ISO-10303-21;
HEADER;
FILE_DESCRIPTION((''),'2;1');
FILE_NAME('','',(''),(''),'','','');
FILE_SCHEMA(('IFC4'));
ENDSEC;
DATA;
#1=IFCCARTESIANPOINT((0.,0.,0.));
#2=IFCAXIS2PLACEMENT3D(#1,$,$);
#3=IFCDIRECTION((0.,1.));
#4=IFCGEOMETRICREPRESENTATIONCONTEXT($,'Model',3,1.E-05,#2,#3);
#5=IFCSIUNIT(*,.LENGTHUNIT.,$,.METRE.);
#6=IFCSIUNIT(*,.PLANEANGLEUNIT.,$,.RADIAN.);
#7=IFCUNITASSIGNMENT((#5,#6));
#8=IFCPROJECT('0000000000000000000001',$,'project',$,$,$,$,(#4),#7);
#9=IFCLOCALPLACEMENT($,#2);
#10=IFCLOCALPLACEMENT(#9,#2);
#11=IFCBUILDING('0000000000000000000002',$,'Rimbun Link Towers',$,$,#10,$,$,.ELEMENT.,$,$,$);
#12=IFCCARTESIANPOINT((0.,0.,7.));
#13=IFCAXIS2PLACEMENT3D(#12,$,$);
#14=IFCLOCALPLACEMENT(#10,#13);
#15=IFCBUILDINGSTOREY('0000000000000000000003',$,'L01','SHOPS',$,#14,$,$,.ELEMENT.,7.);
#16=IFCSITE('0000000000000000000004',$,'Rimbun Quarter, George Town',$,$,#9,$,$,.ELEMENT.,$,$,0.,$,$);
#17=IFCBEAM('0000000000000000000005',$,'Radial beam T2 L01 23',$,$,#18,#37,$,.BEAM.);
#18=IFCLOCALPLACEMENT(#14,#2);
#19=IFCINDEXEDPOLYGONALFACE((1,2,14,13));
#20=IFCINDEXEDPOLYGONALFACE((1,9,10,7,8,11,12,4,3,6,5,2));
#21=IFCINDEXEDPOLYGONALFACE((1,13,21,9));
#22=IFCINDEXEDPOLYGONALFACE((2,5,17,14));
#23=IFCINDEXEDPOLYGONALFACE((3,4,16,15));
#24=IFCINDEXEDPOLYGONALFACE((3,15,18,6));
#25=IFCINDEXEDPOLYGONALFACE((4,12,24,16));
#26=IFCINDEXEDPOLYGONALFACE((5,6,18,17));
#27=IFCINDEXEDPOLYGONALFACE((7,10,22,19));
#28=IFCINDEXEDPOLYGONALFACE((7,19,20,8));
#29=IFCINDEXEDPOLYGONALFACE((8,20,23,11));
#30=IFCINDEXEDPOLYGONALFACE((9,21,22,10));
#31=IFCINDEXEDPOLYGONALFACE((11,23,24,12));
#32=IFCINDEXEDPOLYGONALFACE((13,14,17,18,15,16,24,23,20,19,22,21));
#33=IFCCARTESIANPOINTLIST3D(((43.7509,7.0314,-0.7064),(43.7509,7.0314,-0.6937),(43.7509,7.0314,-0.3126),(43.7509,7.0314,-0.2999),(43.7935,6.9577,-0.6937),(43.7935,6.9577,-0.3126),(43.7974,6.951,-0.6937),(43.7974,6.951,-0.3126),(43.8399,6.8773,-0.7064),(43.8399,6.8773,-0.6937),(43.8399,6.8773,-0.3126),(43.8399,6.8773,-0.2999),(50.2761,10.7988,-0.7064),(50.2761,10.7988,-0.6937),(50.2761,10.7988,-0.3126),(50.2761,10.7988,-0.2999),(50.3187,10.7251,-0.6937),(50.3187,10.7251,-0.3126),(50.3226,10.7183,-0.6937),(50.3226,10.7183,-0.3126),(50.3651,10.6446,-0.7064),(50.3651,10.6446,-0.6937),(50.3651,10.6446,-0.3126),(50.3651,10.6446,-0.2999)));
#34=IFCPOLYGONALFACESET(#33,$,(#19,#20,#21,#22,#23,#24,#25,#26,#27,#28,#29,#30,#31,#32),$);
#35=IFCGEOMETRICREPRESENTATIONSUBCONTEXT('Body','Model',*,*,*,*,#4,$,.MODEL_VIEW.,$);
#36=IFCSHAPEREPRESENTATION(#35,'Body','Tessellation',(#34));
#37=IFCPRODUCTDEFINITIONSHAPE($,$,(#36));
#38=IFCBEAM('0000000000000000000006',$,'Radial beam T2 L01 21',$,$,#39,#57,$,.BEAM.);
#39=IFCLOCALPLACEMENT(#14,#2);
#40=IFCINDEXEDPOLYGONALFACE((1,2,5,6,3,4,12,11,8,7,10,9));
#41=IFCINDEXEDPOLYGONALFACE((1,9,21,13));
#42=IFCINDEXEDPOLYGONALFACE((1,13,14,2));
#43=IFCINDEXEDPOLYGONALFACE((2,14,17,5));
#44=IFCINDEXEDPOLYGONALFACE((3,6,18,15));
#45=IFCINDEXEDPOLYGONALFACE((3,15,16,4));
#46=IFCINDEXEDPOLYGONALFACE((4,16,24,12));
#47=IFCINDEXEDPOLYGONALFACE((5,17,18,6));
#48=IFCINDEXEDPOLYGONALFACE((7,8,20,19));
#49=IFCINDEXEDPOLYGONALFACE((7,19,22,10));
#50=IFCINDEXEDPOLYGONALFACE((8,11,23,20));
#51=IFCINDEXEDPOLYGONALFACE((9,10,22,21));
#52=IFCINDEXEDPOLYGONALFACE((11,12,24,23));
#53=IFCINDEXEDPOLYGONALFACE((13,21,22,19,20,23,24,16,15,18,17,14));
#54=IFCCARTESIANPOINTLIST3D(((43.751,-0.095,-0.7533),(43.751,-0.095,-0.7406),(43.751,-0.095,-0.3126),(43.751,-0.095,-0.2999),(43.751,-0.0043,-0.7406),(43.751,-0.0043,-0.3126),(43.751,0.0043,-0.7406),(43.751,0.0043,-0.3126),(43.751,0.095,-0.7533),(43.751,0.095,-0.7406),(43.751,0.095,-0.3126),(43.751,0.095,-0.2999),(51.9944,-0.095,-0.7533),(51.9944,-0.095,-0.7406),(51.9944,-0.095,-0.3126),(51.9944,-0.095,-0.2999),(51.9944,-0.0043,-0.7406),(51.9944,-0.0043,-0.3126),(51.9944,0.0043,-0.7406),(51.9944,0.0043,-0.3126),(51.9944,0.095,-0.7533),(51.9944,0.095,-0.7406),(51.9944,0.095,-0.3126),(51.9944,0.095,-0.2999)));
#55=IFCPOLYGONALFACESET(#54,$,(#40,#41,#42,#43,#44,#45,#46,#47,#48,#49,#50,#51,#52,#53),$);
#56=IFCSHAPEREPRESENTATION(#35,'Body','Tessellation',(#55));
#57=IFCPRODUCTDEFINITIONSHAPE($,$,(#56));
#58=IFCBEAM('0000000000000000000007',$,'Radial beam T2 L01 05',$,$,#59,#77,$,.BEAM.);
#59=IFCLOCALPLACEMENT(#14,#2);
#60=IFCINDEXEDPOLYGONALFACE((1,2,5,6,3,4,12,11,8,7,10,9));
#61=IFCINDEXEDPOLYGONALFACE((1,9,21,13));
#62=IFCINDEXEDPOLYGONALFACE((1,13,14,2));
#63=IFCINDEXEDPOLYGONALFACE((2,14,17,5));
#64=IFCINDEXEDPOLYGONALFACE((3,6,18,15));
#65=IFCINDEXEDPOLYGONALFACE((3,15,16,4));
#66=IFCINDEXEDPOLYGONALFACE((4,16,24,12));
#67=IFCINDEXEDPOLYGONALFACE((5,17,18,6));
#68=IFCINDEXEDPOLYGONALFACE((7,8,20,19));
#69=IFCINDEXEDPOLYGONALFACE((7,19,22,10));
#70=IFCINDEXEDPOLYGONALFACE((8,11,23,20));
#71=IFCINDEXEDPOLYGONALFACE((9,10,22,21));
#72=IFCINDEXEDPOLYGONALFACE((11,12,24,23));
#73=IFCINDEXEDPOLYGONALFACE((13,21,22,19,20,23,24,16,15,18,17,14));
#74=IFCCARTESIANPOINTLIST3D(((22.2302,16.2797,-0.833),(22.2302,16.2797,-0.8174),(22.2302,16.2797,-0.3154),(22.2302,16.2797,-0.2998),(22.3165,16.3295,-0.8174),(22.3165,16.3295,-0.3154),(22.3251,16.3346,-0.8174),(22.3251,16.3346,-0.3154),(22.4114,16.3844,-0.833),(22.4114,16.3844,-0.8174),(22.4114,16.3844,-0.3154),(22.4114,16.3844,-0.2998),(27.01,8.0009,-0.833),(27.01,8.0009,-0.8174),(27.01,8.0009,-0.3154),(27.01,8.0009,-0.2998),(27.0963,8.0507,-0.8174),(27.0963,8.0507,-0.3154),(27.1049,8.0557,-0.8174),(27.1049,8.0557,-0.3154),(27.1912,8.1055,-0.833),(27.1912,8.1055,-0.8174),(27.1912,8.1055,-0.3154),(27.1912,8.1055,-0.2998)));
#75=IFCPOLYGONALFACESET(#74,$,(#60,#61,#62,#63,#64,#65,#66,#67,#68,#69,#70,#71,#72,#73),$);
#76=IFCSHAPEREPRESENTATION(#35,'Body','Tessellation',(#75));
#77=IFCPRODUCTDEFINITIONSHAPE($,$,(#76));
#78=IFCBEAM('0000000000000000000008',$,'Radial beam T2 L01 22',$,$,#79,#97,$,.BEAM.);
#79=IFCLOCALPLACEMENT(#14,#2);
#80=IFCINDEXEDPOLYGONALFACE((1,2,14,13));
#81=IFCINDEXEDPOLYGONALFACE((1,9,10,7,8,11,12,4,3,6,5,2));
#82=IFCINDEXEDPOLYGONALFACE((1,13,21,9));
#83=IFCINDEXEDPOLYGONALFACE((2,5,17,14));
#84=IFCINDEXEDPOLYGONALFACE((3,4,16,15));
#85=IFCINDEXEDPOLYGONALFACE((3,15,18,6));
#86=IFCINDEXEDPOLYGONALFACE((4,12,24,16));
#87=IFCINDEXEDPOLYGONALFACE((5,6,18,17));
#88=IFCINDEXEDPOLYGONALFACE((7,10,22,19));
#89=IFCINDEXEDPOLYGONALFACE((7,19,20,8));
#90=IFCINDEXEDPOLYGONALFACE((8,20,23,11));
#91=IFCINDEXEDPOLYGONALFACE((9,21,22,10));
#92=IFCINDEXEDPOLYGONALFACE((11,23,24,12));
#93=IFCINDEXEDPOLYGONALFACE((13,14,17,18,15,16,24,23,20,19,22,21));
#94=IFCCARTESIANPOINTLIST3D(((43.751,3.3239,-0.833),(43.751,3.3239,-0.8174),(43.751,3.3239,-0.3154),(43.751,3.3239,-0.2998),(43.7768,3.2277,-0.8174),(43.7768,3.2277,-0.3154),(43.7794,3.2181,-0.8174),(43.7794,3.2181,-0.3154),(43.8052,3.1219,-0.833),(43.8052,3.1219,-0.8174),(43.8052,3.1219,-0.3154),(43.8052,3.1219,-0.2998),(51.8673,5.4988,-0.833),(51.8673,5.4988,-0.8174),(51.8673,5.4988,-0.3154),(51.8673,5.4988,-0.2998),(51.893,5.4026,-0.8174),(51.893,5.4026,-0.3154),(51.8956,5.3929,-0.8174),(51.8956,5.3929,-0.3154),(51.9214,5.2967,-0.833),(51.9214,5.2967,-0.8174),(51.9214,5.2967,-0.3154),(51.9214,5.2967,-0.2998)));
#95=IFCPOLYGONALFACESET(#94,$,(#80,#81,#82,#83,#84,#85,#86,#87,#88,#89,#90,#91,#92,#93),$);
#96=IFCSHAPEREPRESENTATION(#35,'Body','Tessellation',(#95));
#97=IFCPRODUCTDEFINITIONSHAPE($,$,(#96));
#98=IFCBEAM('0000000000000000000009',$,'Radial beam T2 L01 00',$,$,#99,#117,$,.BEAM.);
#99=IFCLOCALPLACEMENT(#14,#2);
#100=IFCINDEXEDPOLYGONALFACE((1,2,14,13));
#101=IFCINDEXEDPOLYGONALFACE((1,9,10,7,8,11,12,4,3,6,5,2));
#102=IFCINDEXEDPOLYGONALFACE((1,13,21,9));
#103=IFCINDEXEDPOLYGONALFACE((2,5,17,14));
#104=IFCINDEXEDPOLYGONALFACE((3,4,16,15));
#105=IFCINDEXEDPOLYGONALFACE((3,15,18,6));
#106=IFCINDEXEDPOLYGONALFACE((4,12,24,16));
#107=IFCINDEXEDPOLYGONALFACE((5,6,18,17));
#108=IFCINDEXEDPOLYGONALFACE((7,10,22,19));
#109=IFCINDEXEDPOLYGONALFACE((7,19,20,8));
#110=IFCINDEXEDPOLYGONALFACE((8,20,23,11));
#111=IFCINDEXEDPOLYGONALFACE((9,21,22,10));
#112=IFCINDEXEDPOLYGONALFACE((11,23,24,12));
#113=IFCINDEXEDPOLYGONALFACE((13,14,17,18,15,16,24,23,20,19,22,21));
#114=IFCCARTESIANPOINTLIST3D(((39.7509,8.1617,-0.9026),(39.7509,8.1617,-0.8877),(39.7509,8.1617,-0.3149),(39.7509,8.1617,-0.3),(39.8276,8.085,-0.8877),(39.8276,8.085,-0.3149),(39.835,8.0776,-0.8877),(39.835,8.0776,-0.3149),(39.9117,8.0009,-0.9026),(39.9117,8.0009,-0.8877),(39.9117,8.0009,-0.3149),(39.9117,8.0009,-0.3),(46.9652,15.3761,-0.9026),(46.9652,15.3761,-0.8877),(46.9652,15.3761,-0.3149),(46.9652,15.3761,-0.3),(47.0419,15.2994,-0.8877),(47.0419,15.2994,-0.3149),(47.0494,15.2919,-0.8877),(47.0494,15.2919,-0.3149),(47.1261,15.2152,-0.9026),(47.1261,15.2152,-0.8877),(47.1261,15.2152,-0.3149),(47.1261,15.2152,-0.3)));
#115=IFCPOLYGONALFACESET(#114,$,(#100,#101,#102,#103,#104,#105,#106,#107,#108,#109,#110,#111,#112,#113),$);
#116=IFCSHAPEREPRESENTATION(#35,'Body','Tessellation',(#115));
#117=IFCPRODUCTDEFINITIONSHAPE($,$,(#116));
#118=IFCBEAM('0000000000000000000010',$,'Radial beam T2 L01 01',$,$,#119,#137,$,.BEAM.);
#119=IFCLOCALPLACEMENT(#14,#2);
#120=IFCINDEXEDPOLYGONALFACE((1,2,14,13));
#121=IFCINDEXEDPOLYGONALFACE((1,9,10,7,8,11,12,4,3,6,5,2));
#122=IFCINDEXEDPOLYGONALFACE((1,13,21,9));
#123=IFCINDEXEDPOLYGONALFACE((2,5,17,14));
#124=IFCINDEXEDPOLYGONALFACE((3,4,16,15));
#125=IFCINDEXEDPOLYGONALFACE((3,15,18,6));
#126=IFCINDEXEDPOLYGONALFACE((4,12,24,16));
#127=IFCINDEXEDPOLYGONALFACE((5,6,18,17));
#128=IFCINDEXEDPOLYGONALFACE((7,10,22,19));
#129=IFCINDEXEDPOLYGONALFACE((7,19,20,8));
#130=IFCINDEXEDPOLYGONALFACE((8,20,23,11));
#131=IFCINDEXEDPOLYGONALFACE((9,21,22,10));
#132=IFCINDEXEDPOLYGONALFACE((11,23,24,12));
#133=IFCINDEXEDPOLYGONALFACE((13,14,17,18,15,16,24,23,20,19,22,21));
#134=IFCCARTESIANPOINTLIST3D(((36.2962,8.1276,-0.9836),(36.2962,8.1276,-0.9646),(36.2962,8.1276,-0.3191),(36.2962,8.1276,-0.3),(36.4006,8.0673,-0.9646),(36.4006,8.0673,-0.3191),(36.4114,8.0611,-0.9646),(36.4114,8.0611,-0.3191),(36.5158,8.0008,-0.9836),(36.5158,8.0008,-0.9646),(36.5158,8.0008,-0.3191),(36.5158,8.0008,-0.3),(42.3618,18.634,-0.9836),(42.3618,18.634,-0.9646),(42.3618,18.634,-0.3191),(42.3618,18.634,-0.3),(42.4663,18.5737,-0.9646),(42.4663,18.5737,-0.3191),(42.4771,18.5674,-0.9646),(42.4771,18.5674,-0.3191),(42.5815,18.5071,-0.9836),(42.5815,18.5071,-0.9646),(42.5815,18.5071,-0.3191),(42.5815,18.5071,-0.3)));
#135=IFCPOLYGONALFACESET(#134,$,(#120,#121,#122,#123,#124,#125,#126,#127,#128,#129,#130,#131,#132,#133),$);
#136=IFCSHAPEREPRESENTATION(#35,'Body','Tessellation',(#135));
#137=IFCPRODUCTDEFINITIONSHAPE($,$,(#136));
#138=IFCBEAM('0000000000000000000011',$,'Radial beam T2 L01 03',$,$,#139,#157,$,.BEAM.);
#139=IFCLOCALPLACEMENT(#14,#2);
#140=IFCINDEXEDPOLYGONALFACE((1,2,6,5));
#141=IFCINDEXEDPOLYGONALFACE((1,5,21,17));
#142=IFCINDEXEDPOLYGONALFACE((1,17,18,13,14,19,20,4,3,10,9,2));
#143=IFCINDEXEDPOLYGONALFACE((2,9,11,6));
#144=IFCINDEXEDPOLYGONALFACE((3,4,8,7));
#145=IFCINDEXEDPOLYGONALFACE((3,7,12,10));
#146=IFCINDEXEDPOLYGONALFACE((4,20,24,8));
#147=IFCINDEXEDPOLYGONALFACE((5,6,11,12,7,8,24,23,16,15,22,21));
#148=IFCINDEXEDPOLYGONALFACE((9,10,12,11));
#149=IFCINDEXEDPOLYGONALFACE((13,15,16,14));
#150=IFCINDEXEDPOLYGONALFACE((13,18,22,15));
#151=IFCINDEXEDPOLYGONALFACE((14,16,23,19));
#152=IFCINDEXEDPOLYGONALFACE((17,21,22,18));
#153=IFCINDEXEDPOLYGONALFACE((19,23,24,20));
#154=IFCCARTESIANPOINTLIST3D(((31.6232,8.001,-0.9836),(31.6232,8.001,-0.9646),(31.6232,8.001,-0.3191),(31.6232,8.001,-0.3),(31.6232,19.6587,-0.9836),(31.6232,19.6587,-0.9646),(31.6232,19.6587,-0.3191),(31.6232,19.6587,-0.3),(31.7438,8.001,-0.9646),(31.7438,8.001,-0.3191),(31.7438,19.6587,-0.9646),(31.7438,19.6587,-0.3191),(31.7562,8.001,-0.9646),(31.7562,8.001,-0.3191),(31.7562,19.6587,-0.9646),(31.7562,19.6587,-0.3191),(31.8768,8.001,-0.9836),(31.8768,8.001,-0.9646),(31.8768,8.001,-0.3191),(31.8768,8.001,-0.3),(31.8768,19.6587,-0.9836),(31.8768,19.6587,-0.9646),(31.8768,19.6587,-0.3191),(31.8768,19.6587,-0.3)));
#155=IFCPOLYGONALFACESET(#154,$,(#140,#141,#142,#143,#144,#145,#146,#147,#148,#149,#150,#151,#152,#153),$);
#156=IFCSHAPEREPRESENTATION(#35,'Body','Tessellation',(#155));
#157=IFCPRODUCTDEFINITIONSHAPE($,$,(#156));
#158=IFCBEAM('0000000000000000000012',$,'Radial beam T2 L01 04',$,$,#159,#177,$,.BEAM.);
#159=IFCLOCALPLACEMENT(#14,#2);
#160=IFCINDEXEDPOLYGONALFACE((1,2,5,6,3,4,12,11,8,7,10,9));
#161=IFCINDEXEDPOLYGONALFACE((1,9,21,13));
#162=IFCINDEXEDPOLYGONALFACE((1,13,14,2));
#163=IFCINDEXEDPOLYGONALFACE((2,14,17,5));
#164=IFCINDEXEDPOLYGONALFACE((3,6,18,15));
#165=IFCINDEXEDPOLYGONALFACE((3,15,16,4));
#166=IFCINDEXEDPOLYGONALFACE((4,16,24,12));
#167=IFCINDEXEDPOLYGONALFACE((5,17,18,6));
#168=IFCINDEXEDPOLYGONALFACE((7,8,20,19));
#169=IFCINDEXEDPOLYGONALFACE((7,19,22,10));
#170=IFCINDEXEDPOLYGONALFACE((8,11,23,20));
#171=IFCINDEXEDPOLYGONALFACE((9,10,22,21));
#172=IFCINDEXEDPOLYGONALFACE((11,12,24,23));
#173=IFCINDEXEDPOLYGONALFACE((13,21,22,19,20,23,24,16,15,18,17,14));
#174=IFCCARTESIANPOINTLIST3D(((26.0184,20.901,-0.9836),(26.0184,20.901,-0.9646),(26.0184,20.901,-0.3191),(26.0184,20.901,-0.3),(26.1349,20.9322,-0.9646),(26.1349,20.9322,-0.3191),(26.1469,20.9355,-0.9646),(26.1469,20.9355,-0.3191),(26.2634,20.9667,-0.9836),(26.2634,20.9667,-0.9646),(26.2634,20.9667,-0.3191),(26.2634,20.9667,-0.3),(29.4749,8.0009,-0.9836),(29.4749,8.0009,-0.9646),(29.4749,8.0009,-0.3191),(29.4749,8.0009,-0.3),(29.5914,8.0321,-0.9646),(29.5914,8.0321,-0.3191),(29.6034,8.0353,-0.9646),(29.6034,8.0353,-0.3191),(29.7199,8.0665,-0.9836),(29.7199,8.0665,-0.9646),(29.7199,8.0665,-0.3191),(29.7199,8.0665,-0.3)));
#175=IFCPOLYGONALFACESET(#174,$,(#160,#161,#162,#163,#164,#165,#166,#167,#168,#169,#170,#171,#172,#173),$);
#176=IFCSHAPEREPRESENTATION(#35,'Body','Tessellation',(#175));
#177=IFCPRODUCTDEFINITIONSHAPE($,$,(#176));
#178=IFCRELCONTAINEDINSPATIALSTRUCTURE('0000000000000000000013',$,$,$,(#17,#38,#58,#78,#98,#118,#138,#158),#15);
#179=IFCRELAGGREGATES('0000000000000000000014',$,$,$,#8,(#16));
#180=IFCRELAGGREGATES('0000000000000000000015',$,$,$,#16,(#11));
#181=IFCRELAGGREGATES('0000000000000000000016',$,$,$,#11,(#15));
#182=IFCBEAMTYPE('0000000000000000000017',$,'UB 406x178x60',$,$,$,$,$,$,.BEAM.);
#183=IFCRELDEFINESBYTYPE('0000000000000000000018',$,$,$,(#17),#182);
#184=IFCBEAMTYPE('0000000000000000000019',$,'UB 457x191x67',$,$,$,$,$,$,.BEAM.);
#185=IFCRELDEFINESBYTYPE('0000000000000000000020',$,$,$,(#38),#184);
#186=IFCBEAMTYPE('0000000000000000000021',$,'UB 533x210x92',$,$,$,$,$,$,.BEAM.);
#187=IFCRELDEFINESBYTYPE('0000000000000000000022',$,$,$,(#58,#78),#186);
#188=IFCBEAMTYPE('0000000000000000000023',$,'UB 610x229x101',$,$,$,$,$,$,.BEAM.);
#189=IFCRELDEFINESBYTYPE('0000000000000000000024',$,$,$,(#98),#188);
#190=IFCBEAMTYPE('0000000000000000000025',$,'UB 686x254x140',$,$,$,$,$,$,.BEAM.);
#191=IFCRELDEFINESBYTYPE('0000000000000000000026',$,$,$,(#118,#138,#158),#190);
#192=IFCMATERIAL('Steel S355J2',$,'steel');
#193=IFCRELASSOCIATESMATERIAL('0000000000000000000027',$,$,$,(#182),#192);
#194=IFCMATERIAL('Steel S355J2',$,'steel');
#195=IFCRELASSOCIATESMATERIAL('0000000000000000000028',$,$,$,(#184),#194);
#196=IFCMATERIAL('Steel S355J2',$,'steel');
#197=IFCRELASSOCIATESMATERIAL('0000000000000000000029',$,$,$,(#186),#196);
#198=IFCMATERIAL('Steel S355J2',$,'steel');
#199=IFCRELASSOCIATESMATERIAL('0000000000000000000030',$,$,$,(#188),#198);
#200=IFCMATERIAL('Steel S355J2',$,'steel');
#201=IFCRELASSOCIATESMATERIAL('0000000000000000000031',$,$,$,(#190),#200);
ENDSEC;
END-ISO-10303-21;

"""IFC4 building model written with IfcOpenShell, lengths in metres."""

from ifc_helpers import new_model, si_unit, direction, frame, origin, origin_2d, place, context, subcontext, project, spatial, i_section, extrude, material, material_profile, profile_set, type_object, element, save


model = new_model("IFC4")

# Units and contexts
model_context = context("Model", 3, precision=1e-05, world=origin(), true_north=direction((0.0, 1.0)))
body_context = subcontext(model_context, "Body", "Model", "MODEL_VIEW")
ifc_project = project(units=[si_unit("LENGTHUNIT", "METRE"), si_unit("PLANEANGLEUNIT", "RADIAN")], contexts=[model_context])

# Site, building, storey
site_placement = place(None, origin())
site = spatial("IfcSite", under=ifc_project, at=site_placement, Name="Rimbun Quarter, George Town", CompositionType="ELEMENT", RefElevation=0.0)
building_placement = place(site_placement, origin())
building = spatial("IfcBuilding", under=site, at=building_placement, Name="Rimbun Link Towers", CompositionType="ELEMENT")
storey_placement = place(building_placement, frame((0.0, 0.0, 7.0)))
storey = spatial("IfcBuildingStorey", under=building, at=storey_placement, Name="L01", Description="SHOPS", CompositionType="ELEMENT", Elevation=7.0)

# Beams
ifc_material_1 = material(Name="Steel S355J2", Category="steel")
ifc_material_profile_1 = material_profile(ifc_material_1, i_section(OverallWidth=0.178, OverallDepth=0.4065, WebThickness=0.0078, FlangeThickness=0.0127, at=origin_2d()), Name="UB 406x178x60")
ifc_profile_set_1 = profile_set([ifc_material_profile_1], Name="Steel S355J2")
beam_type_1 = type_object("IfcBeamType", Name="UB 406x178x60", PredefinedType="BEAM", material=ifc_profile_set_1)
beam_1_placement = place(storey_placement, frame((43.7954, 6.9543, -0.5032), z_axis=(0.866023, 0.500004, 0.0), x_axis=(-0.500004, 0.866023, 0.0)))
element("IfcBeam", 1, at=beam_1_placement, inside=storey, type_object=beam_type_1, Name="Radial beam T2 L01 23", PredefinedType="BEAM", context=body_context, shape_type="SweptSolid", body=[
    extrude(i_section(OverallWidth=0.178, OverallDepth=0.4065, WebThickness=0.0078, FlangeThickness=0.0127, at=origin_2d()), origin(), (0.0, 0.0, 1.0), 7.5347),
])
ifc_material_2 = material(Name="Steel S355J2", Category="steel")
ifc_material_profile_2 = material_profile(ifc_material_2, i_section(OverallWidth=0.1899, OverallDepth=0.4534, WebThickness=0.0085, FlangeThickness=0.0127, at=origin_2d()), Name="UB 457x191x67")
ifc_profile_set_2 = profile_set([ifc_material_profile_2], Name="Steel S355J2")
beam_type_2 = type_object("IfcBeamType", Name="UB 457x191x67", PredefinedType="BEAM", material=ifc_profile_set_2)
beam_2_placement = place(storey_placement, frame((43.751, 0.0, -0.5266), z_axis=(1.0, 0.0, 0.0), x_axis=(0.0, 1.0, 0.0)))
element("IfcBeam", 2, at=beam_2_placement, inside=storey, type_object=beam_type_2, Name="Radial beam T2 L01 21", PredefinedType="BEAM", context=body_context, shape_type="SweptSolid", body=[
    extrude(i_section(OverallWidth=0.1899, OverallDepth=0.4534, WebThickness=0.0085, FlangeThickness=0.0127, at=origin_2d()), origin(), (0.0, 0.0, 1.0), 8.2434),
])
ifc_material_3 = material(Name="Steel S355J2", Category="steel")
ifc_material_profile_3 = material_profile(ifc_material_3, i_section(OverallWidth=0.2092, OverallDepth=0.5332, WebThickness=0.01, FlangeThickness=0.0156, at=origin_2d()), Name="UB 533x210x92")
ifc_profile_set_3 = profile_set([ifc_material_profile_3], Name="Steel S355J2")
beam_type_3 = type_object("IfcBeamType", Name="UB 533x210x92", PredefinedType="BEAM", material=ifc_profile_set_3)
beam_3_placement = place(storey_placement, frame((27.1006, 8.0532, -0.5664), z_axis=(-0.500001, 0.866025, 0.0), x_axis=(-0.866025, -0.500001, 0.0)))
element("IfcBeam", 3, at=beam_3_placement, inside=storey, type_object=beam_type_3, Name="Radial beam T2 L01 05", PredefinedType="BEAM", context=body_context, shape_type="SweptSolid", body=[
    extrude(i_section(OverallWidth=0.2092, OverallDepth=0.5332, WebThickness=0.01, FlangeThickness=0.0156, at=origin_2d()), origin(), (0.0, 0.0, 1.0), 9.5596),
])
beam_4_placement = place(storey_placement, frame((43.7781, 3.2229, -0.5664), z_axis=(0.965924, 0.258827, 0.0), x_axis=(-0.258827, 0.965924, 0.0)))
element("IfcBeam", 4, at=beam_4_placement, inside=storey, type_object=beam_type_3, Name="Radial beam T2 L01 22", PredefinedType="BEAM", context=body_context, shape_type="SweptSolid", body=[
    extrude(i_section(OverallWidth=0.2092, OverallDepth=0.5332, WebThickness=0.01, FlangeThickness=0.0156, at=origin_2d()), origin(), (0.0, 0.0, 1.0), 8.4026),
])
ifc_material_4 = material(Name="Steel S355J2", Category="steel")
ifc_material_profile_4 = material_profile(ifc_material_4, i_section(OverallWidth=0.2275, OverallDepth=0.6025, WebThickness=0.0105, FlangeThickness=0.0149, at=origin_2d()), Name="UB 610x229x101")
ifc_profile_set_4 = profile_set([ifc_material_profile_4], Name="Steel S355J2")
beam_type_4 = type_object("IfcBeamType", Name="UB 610x229x101", PredefinedType="BEAM", material=ifc_profile_set_4)
beam_5_placement = place(storey_placement, frame((39.8313, 8.0813, -0.6013), z_axis=(0.707107, 0.707107, 0.0), x_axis=(-0.707107, 0.707107, 0.0)))
element("IfcBeam", 5, at=beam_5_placement, inside=storey, type_object=beam_type_4, Name="Radial beam T2 L01 00", PredefinedType="BEAM", context=body_context, shape_type="SweptSolid", body=[
    extrude(i_section(OverallWidth=0.2275, OverallDepth=0.6025, WebThickness=0.0105, FlangeThickness=0.0149, at=origin_2d()), origin(), (0.0, 0.0, 1.0), 10.2026),
])
ifc_material_5 = material(Name="Steel S355J2", Category="steel")
ifc_material_profile_5 = material_profile(ifc_material_5, i_section(OverallWidth=0.2537, OverallDepth=0.6836, WebThickness=0.0125, FlangeThickness=0.019, at=origin_2d()), Name="UB 686x254x140")
ifc_profile_set_5 = profile_set([ifc_material_profile_5], Name="Steel S355J2")
beam_type_5 = type_object("IfcBeamType", Name="UB 686x254x140", PredefinedType="BEAM", material=ifc_profile_set_5)
beam_6_placement = place(storey_placement, frame((36.406, 8.0642, -0.6418), z_axis=(0.49999, 0.866031, 0.0), x_axis=(-0.866031, 0.49999, 0.0)))
element("IfcBeam", 6, at=beam_6_placement, inside=storey, type_object=beam_type_5, Name="Radial beam T2 L01 01", PredefinedType="BEAM", context=body_context, shape_type="SweptSolid", body=[
    extrude(i_section(OverallWidth=0.2537, OverallDepth=0.6836, WebThickness=0.0125, FlangeThickness=0.019, at=origin_2d()), origin(), (0.0, 0.0, 1.0), 12.1316),
])
beam_7_placement = place(storey_placement, frame((31.75, 8.001, -0.6418), z_axis=(0.0, 1.0, 0.0), x_axis=(-1.0, 0.0, 0.0)))
element("IfcBeam", 7, at=beam_7_placement, inside=storey, type_object=beam_type_5, Name="Radial beam T2 L01 03", PredefinedType="BEAM", context=body_context, shape_type="SweptSolid", body=[
    extrude(i_section(OverallWidth=0.2537, OverallDepth=0.6836, WebThickness=0.0125, FlangeThickness=0.019, at=origin_2d()), origin(), (0.0, 0.0, 1.0), 11.6577),
])
beam_8_placement = place(storey_placement, frame((29.5974, 8.0337, -0.6418), z_axis=(-0.258816, 0.965927, 0.0), x_axis=(-0.965927, -0.258816, 0.0)))
element("IfcBeam", 8, at=beam_8_placement, inside=storey, type_object=beam_type_5, Name="Radial beam T2 L01 04", PredefinedType="BEAM", context=body_context, shape_type="SweptSolid", body=[
    extrude(i_section(OverallWidth=0.2537, OverallDepth=0.6836, WebThickness=0.0125, FlangeThickness=0.019, at=origin_2d()), origin(), (0.0, 0.0, 1.0), 13.3552),
])

save(model, "model.ifc")
